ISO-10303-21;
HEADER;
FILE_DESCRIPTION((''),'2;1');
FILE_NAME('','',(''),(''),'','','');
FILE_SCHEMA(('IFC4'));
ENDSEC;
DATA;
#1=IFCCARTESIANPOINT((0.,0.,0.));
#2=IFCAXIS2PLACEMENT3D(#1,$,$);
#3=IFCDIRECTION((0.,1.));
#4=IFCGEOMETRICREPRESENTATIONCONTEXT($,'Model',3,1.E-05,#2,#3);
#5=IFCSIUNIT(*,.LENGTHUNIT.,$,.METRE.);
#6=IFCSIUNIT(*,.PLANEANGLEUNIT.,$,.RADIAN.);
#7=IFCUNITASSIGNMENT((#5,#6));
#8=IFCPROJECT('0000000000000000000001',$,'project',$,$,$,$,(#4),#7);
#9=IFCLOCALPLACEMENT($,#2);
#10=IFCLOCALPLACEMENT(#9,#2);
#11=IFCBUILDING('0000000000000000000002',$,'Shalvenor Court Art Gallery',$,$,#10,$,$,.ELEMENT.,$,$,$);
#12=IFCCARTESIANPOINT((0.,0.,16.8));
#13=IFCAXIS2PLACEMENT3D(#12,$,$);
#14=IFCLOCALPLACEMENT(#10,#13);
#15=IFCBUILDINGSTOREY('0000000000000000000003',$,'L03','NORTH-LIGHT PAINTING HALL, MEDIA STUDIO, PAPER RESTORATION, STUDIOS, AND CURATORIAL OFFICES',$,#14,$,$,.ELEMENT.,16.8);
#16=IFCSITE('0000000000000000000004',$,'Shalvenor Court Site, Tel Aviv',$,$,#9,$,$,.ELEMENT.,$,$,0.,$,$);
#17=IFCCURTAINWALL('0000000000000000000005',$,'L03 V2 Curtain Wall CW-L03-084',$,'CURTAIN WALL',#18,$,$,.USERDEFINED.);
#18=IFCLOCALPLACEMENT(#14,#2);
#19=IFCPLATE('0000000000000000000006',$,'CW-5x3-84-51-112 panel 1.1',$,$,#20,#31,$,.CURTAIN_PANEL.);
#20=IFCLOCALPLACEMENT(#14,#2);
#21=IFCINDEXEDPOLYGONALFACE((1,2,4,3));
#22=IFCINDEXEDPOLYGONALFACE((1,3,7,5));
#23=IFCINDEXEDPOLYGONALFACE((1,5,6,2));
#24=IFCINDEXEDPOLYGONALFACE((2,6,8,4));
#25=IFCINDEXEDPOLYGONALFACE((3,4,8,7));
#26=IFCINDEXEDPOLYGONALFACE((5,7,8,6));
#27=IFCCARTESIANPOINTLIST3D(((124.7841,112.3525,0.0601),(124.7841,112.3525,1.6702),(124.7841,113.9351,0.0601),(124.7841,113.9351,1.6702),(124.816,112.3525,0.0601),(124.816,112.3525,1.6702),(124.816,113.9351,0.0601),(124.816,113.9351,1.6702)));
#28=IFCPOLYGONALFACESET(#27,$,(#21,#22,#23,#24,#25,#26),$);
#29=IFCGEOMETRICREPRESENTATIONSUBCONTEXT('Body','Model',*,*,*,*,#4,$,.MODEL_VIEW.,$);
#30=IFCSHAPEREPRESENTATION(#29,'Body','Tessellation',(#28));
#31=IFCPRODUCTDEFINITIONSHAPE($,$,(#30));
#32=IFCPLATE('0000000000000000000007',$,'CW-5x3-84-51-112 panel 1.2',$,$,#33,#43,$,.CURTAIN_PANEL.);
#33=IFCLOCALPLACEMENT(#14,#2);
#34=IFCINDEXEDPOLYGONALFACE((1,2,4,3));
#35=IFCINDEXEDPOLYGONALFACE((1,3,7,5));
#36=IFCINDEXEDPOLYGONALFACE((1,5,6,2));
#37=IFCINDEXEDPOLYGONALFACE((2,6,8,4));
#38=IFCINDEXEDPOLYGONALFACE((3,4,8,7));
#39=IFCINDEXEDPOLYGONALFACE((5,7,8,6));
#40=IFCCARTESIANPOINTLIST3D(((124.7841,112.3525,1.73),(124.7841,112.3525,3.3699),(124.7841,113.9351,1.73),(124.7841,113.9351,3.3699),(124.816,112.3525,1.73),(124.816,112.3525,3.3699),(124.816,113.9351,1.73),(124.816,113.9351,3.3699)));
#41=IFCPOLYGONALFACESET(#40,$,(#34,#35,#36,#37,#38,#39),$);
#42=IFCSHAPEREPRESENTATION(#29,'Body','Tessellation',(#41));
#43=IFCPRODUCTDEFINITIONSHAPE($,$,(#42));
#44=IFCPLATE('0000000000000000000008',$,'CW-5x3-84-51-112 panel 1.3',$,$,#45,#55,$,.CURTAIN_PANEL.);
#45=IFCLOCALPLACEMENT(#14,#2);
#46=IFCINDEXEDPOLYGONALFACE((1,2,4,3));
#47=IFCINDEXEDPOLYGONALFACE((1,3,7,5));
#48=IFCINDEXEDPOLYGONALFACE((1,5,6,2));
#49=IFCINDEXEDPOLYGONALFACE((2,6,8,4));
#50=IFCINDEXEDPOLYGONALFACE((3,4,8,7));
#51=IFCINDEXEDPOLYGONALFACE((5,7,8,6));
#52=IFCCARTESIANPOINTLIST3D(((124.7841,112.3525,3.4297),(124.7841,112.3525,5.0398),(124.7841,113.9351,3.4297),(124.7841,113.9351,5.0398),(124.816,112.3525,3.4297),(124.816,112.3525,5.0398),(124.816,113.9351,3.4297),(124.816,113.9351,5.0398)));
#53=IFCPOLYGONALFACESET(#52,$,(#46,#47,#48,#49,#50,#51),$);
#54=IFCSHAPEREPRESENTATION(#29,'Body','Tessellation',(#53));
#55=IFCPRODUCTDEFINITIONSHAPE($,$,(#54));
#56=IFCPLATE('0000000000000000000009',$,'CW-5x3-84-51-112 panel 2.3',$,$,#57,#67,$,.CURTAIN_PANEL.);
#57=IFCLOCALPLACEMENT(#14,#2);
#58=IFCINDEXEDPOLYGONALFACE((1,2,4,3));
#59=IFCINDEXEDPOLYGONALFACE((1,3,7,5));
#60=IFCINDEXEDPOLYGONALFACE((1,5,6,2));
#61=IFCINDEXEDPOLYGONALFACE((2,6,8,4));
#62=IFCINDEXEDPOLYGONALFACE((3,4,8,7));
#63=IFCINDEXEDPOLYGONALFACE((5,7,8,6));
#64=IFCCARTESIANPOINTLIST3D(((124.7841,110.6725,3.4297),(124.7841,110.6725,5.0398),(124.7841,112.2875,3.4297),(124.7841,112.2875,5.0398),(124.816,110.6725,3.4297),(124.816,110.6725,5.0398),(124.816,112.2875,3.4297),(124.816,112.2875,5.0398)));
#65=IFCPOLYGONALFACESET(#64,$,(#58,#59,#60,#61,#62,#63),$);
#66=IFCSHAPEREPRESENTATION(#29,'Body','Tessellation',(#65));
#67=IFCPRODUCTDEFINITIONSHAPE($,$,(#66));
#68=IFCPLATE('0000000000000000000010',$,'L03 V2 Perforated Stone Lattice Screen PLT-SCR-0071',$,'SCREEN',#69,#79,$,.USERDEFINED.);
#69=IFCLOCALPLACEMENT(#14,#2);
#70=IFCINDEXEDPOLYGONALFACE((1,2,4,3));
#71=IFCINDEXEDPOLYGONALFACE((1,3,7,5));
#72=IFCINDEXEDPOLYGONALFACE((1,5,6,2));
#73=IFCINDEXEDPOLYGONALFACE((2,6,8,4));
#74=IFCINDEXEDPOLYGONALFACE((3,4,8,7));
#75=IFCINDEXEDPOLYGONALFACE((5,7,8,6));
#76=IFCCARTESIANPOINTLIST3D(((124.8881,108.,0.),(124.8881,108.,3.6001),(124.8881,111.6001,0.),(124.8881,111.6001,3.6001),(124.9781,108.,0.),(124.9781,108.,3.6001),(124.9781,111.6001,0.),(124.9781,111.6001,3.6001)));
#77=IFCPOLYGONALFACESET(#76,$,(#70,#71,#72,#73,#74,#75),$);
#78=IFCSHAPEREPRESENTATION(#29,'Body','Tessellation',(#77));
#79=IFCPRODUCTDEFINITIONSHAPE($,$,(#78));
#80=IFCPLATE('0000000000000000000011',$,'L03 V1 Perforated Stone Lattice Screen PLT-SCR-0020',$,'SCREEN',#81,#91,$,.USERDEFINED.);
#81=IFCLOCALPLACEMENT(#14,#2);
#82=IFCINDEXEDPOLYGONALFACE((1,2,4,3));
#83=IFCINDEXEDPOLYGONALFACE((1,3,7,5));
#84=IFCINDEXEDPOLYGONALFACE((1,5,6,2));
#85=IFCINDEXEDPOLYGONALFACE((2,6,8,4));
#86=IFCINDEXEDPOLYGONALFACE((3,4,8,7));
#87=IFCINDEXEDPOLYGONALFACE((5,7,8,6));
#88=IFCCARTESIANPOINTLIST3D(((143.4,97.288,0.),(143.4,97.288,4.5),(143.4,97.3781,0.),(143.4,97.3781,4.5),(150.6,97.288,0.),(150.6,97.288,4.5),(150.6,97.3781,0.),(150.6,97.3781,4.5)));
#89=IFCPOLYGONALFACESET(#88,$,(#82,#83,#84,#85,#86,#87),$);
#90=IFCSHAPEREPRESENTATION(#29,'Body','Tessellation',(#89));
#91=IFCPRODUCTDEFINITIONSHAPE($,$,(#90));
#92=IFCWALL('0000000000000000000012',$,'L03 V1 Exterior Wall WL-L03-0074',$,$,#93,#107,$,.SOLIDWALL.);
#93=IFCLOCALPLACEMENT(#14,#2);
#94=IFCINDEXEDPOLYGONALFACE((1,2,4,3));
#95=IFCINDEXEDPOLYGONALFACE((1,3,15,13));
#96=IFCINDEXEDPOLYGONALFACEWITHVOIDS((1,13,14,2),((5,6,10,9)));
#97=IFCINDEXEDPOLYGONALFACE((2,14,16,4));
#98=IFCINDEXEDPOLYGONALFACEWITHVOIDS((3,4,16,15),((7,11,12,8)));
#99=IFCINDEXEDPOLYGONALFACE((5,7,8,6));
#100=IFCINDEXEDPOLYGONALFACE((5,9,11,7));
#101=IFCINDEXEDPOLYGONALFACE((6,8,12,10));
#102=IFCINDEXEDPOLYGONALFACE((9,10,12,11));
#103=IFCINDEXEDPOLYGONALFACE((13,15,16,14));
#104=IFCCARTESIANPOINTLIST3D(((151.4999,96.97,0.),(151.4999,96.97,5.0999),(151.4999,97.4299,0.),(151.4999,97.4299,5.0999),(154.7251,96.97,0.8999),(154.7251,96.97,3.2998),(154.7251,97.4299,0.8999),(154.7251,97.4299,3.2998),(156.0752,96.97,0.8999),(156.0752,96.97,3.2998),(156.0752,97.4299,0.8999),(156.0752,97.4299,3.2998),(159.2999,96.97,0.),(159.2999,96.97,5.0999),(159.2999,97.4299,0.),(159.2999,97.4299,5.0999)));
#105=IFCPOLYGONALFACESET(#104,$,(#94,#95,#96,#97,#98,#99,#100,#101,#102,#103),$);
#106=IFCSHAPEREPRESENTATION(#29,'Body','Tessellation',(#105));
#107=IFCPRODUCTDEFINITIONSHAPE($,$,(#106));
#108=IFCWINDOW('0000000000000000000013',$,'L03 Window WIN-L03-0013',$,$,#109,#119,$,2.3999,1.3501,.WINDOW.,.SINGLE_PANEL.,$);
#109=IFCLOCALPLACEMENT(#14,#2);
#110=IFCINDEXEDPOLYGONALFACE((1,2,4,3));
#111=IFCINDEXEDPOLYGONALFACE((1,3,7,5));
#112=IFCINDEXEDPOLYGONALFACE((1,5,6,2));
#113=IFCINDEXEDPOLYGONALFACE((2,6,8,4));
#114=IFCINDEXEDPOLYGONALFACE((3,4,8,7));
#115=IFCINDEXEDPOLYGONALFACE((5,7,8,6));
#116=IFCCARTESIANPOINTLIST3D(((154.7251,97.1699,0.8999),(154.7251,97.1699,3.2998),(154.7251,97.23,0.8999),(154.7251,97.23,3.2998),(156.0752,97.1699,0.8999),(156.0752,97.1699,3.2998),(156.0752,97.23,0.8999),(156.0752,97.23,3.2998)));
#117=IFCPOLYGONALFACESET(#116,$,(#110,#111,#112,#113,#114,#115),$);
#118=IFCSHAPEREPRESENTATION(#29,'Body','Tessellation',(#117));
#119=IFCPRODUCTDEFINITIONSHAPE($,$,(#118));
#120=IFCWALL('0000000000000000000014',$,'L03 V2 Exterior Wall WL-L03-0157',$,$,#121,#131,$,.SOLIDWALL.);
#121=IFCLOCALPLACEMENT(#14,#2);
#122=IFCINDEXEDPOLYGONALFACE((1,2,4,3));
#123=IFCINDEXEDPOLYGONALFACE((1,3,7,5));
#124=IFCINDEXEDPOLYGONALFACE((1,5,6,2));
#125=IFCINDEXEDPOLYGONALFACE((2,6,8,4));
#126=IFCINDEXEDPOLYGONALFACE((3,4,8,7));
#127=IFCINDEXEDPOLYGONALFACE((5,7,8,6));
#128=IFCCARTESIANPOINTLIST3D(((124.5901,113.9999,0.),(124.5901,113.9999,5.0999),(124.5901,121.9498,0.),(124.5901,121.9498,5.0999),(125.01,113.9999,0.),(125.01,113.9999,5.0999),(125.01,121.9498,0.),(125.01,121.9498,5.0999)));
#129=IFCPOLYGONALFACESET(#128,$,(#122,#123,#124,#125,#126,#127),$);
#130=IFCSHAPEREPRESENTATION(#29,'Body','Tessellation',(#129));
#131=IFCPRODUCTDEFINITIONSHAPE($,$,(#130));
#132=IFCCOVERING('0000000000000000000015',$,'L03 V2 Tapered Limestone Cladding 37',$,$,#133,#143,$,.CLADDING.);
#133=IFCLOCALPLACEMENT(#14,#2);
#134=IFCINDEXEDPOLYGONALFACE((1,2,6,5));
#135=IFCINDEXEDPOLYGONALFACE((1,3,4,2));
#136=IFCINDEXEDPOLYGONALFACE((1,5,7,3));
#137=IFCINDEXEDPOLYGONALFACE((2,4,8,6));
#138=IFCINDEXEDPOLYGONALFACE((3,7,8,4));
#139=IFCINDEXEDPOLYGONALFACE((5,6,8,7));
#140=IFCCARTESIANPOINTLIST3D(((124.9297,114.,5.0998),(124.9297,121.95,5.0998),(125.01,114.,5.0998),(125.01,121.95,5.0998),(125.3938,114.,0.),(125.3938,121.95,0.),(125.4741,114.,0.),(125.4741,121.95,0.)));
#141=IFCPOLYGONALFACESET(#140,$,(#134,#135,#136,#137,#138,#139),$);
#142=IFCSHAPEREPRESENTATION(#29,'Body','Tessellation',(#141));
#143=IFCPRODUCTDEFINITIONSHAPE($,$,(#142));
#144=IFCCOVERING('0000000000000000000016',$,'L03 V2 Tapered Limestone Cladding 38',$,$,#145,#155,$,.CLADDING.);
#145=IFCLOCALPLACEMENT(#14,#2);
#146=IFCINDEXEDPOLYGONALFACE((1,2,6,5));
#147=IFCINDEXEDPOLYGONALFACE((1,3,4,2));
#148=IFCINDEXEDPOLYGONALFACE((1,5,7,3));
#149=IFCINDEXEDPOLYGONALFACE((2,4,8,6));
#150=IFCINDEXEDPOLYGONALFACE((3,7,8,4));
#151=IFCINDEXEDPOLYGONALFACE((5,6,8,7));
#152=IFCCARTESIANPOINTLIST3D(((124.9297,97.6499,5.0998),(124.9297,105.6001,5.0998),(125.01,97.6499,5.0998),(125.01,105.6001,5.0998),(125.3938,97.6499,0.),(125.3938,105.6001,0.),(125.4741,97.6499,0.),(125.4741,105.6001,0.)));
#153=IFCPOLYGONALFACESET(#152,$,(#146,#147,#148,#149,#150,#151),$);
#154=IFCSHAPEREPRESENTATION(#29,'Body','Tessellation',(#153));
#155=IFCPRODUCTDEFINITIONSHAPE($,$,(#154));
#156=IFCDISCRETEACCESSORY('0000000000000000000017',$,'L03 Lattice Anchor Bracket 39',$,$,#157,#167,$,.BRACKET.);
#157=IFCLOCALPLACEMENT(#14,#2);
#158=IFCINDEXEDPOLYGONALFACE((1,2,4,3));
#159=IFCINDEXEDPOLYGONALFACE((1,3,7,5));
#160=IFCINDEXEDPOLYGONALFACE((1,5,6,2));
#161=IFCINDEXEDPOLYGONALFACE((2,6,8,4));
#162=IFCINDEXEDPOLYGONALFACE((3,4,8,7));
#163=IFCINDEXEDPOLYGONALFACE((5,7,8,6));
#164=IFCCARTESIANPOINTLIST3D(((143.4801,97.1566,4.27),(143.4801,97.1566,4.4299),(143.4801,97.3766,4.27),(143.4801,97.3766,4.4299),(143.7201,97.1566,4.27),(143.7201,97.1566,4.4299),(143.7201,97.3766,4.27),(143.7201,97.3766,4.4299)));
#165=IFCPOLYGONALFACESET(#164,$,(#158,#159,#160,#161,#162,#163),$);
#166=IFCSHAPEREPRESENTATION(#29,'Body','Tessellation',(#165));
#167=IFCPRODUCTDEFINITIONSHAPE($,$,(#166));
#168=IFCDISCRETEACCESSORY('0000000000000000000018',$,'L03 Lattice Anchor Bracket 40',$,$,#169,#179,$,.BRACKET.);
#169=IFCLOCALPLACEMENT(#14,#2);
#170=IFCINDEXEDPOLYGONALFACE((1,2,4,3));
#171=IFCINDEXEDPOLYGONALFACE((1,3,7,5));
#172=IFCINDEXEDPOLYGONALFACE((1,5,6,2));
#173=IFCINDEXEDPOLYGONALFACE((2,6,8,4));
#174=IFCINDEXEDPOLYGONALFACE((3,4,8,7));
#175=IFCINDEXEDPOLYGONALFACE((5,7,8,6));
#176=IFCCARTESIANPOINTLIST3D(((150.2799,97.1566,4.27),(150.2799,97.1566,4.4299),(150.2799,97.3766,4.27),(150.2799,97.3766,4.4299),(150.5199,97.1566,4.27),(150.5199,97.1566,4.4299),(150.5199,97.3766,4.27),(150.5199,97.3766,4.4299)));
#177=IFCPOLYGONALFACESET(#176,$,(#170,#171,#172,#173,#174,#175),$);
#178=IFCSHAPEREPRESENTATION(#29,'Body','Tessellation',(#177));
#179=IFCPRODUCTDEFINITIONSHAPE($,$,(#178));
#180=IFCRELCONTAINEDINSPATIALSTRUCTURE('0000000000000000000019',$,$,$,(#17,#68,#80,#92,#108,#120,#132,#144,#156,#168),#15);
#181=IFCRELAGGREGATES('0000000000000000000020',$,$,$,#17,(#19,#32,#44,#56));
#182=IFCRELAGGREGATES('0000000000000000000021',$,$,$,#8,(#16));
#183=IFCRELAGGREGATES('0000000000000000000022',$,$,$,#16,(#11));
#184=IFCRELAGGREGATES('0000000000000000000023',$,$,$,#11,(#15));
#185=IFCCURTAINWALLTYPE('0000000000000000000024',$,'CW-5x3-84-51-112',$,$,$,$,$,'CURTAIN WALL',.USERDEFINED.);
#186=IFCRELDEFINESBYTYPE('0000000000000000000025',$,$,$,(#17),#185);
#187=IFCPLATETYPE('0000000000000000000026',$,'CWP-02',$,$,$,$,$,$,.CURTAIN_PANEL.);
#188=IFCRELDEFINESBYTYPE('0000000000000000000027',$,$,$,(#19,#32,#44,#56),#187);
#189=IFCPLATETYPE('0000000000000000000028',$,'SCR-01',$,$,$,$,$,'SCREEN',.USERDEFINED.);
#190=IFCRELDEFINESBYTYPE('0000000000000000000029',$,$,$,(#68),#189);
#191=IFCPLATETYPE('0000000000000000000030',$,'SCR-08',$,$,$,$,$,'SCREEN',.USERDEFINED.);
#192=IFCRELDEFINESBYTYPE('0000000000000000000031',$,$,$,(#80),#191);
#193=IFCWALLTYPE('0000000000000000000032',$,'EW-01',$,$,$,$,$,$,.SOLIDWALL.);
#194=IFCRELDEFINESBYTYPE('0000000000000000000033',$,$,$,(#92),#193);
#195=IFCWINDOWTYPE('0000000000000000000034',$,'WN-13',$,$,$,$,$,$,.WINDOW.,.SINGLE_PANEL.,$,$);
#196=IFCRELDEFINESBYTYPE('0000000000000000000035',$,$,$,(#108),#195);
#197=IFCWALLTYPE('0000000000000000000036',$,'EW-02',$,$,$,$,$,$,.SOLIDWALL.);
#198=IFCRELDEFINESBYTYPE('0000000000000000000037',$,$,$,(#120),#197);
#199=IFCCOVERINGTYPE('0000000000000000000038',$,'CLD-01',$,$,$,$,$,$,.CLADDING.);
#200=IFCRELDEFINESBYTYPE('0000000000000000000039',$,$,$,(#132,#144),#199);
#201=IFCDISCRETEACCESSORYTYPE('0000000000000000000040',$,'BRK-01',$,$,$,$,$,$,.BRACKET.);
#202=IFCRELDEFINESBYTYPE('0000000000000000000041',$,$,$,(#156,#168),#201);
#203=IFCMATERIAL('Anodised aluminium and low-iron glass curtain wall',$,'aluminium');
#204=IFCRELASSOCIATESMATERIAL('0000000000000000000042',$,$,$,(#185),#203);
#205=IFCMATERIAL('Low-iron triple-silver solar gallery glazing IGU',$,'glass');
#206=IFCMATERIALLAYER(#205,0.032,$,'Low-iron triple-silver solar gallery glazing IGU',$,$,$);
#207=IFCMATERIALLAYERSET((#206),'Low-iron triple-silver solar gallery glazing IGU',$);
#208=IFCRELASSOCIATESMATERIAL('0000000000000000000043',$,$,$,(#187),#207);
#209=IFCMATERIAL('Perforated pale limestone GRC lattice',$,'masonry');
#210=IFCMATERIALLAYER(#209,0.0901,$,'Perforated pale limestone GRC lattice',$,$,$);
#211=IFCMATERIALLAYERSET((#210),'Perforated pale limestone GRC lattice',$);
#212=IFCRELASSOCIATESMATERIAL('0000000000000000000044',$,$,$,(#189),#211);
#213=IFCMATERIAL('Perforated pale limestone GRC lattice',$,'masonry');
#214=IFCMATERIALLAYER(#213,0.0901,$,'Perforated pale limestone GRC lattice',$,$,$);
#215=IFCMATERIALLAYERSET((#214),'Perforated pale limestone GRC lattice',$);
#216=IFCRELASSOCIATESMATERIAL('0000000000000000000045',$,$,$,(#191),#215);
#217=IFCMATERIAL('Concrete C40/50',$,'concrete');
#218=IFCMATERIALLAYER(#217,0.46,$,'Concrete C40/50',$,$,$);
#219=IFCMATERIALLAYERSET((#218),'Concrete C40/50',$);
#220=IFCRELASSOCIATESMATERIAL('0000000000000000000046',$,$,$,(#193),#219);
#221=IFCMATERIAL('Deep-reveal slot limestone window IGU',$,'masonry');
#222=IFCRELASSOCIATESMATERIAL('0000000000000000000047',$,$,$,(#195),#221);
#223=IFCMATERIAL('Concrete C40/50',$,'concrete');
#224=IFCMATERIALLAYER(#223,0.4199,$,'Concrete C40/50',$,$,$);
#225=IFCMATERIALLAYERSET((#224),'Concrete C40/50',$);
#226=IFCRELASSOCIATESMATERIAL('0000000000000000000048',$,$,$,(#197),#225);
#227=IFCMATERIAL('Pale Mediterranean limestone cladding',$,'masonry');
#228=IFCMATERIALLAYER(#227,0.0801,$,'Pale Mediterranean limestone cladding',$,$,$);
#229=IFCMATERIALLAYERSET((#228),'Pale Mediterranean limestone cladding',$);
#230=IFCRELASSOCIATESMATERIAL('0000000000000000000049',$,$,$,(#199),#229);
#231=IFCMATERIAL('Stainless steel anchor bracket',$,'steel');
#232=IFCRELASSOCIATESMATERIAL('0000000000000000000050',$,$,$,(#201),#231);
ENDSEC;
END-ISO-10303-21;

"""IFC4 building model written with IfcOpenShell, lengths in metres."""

from ifc_helpers import new_model, si_unit, direction, frame, frame_2d, origin, origin_2d, place, context, subcontext, project, spatial, polyline, rectangle, outline, extrude, material, layer, layer_set, type_object, element, fill, aggregate, save


model = new_model("IFC4")

# Units and contexts
model_context = context("Model", 3, precision=1e-05, world=origin(), true_north=direction((0.0, 1.0)))
body_context = subcontext(model_context, "Body", "Model", "MODEL_VIEW")
ifc_project = project(units=[si_unit("LENGTHUNIT", "METRE"), si_unit("PLANEANGLEUNIT", "RADIAN")], contexts=[model_context])

# Site, building, storey
site_placement = place(None, origin())
site = spatial("IfcSite", under=ifc_project, at=site_placement, Name="Shalvenor Court Site, Tel Aviv", CompositionType="ELEMENT", RefElevation=0.0)
building_placement = place(site_placement, origin())
building = spatial("IfcBuilding", under=site, at=building_placement, Name="Shalvenor Court Art Gallery", CompositionType="ELEMENT")
storey_placement = place(building_placement, frame((0.0, 0.0, 16.8)))
storey = spatial("IfcBuildingStorey", under=building, at=storey_placement, Name="L03", Description="NORTH-LIGHT PAINTING HALL, MEDIA STUDIO, PAPER RESTORATION, STUDIOS, AND CURATORIAL OFFICES", CompositionType="ELEMENT", Elevation=16.8)

# Curtain wall
ifc_material_1 = material(Name="Anodised aluminium and low-iron glass curtain wall", Category="aluminium")
curtain_wall_type_1 = type_object("IfcCurtainWallType", Name="CW-5x3-84-51-112", ElementType="CURTAIN WALL", PredefinedType="USERDEFINED", material=ifc_material_1)
curtain_wall_1_placement = place(storey_placement, origin())
curtain_wall_1 = element("IfcCurtainWall", 1, at=curtain_wall_1_placement, inside=storey, type_object=curtain_wall_type_1, Name="L03 V2 Curtain Wall CW-L03-084", ObjectType="CURTAIN WALL", PredefinedType="USERDEFINED")

# Plates
ifc_material_2 = material(Name="Low-iron triple-silver solar gallery glazing IGU", Category="glass")
ifc_layer_1 = layer(ifc_material_2, 0.032, Name="Low-iron triple-silver solar gallery glazing IGU")
ifc_layer_set_1 = layer_set([ifc_layer_1], Name="Low-iron triple-silver solar gallery glazing IGU")
plate_type_1 = type_object("IfcPlateType", Name="CWP-02", PredefinedType="CURTAIN_PANEL", material=ifc_layer_set_1)
plate_1_placement = place(storey_placement, frame((124.8, 113.1438, 0.0601), z_axis=(0.0, 0.0, 1.0), x_axis=(0.0, -1.0, 0.0)))
plate_1 = element("IfcPlate", 2, at=plate_1_placement, type_object=plate_type_1, Name="CW-5x3-84-51-112 panel 1.1", PredefinedType="CURTAIN_PANEL", context=body_context, shape_type="SweptSolid", body=[
    extrude(rectangle(XDim=1.5825, YDim=0.032, at=origin_2d()), origin(), (0.0, 0.0, 1.0), 1.6101),
])
plate_2_placement = place(storey_placement, frame((124.8, 113.1438, 1.73), z_axis=(0.0, 0.0, 1.0), x_axis=(0.0, -1.0, 0.0)))
plate_2 = element("IfcPlate", 3, at=plate_2_placement, type_object=plate_type_1, Name="CW-5x3-84-51-112 panel 1.2", PredefinedType="CURTAIN_PANEL", context=body_context, shape_type="SweptSolid", body=[
    extrude(rectangle(XDim=1.5825, YDim=0.032, at=origin_2d()), origin(), (0.0, 0.0, 1.0), 1.6399),
])
plate_3_placement = place(storey_placement, frame((124.8, 113.1438, 3.4297), z_axis=(0.0, 0.0, 1.0), x_axis=(0.0, -1.0, 0.0)))
plate_3 = element("IfcPlate", 4, at=plate_3_placement, type_object=plate_type_1, Name="CW-5x3-84-51-112 panel 1.3", PredefinedType="CURTAIN_PANEL", context=body_context, shape_type="SweptSolid", body=[
    extrude(rectangle(XDim=1.5825, YDim=0.032, at=origin_2d()), origin(), (0.0, 0.0, 1.0), 1.6101),
])
plate_4_placement = place(storey_placement, frame((124.8, 111.48, 3.4297), z_axis=(0.0, 0.0, 1.0), x_axis=(0.0, -1.0, 0.0)))
plate_4 = element("IfcPlate", 5, at=plate_4_placement, type_object=plate_type_1, Name="CW-5x3-84-51-112 panel 2.3", PredefinedType="CURTAIN_PANEL", context=body_context, shape_type="SweptSolid", body=[
    extrude(rectangle(XDim=1.615, YDim=0.032, at=origin_2d()), origin(), (0.0, 0.0, 1.0), 1.6101),
])
aggregate(curtain_wall_1, [plate_1, plate_2, plate_3, plate_4])

# Plates
ifc_material_3 = material(Name="Perforated pale limestone GRC lattice", Category="masonry")
ifc_layer_2 = layer(ifc_material_3, 0.0901, Name="Perforated pale limestone GRC lattice")
ifc_layer_set_2 = layer_set([ifc_layer_2], Name="Perforated pale limestone GRC lattice")
plate_type_2 = type_object("IfcPlateType", Name="SCR-01", ElementType="SCREEN", PredefinedType="USERDEFINED", material=ifc_layer_set_2)
plate_5_placement = place(storey_placement, frame((124.9331, 109.8, 0.0), z_axis=(0.0, 0.0, 1.0), x_axis=(0.0, -1.0, 0.0)))
element("IfcPlate", 6, at=plate_5_placement, inside=storey, type_object=plate_type_2, Name="L03 V2 Perforated Stone Lattice Screen PLT-SCR-0071", ObjectType="SCREEN", PredefinedType="USERDEFINED", context=body_context, shape_type="SweptSolid", body=[
    extrude(rectangle(XDim=3.6001, YDim=0.0901, at=origin_2d()), origin(), (0.0, 0.0, 1.0), 3.6001),
])
ifc_material_4 = material(Name="Perforated pale limestone GRC lattice", Category="masonry")
ifc_layer_3 = layer(ifc_material_4, 0.0901, Name="Perforated pale limestone GRC lattice")
ifc_layer_set_3 = layer_set([ifc_layer_3], Name="Perforated pale limestone GRC lattice")
plate_type_3 = type_object("IfcPlateType", Name="SCR-08", ElementType="SCREEN", PredefinedType="USERDEFINED", material=ifc_layer_set_3)
plate_6_placement = place(storey_placement, frame((147.0, 97.333, 0.0), z_axis=(0.0, 0.0, 1.0), x_axis=(1.0, 0.0, 0.0)))
element("IfcPlate", 7, at=plate_6_placement, inside=storey, type_object=plate_type_3, Name="L03 V1 Perforated Stone Lattice Screen PLT-SCR-0020", ObjectType="SCREEN", PredefinedType="USERDEFINED", context=body_context, shape_type="SweptSolid", body=[
    extrude(rectangle(XDim=7.2, YDim=0.0901, at=origin_2d()), origin(), (0.0, 0.0, 1.0), 4.5),
])

# Wall, opening, window
ifc_material_5 = material(Name="Concrete C40/50", Category="concrete")
ifc_layer_4 = layer(ifc_material_5, 0.46, Name="Concrete C40/50")
ifc_layer_set_4 = layer_set([ifc_layer_4], Name="Concrete C40/50")
wall_type_1 = type_object("IfcWallType", Name="EW-01", PredefinedType="SOLIDWALL", material=ifc_layer_set_4)
wall_1_placement = place(storey_placement, frame((151.5, 97.2, 0.0), z_axis=(0.0, 0.0, 1.0), x_axis=(1.0, 0.0, 0.0)))
wall_1 = element("IfcWall", 8, at=wall_1_placement, inside=storey, type_object=wall_type_1, Name="L03 V1 Exterior Wall WL-L03-0074", PredefinedType="SOLIDWALL", context=body_context, shape_type="SweptSolid", body=[
    extrude(rectangle(XDim=7.8, YDim=0.46, at=frame_2d((3.8999, 0.0))), origin(), (0.0, 0.0, 1.0), 5.0999),
])
opening_placement = place(wall_1_placement, frame((3.2251, 0.0, 0.8999)))
opening = element("IfcOpeningElement", 9, at=opening_placement, cuts=wall_1, PredefinedType="OPENING", context=body_context, shape_type="SweptSolid", body=[
    extrude(rectangle(XDim=1.3501, YDim=2.3999, at=frame_2d((0.675, 1.2))), frame((0.0, 0.24, 0.0), z_axis=(0.0, -1.0, 0.0), x_axis=(1.0, 0.0, 0.0)), (0.0, 0.0, 1.0), 0.48),
])
ifc_material_6 = material(Name="Deep-reveal slot limestone window IGU", Category="masonry")
window_type = type_object("IfcWindowType", Name="WN-13", PartitioningType="SINGLE_PANEL", PredefinedType="WINDOW", material=ifc_material_6)
window_placement = place(opening_placement, origin())
window = element("IfcWindow", 10, at=window_placement, inside=storey, type_object=window_type, Name="L03 Window WIN-L03-0013", OverallHeight=2.3999, OverallWidth=1.3501, PartitioningType="SINGLE_PANEL", PredefinedType="WINDOW", context=body_context, shape_type="SweptSolid", body=[
    extrude(rectangle(XDim=1.3501, YDim=2.3999, at=frame_2d((0.675, 1.2))), frame((0.0, 0.03, 0.0), z_axis=(0.0, -1.0, 0.0), x_axis=(1.0, 0.0, 0.0)), (0.0, 0.0, 1.0), 0.0601),
])
fill(opening, window)

# Wall
ifc_material_7 = material(Name="Concrete C40/50", Category="concrete")
ifc_layer_5 = layer(ifc_material_7, 0.4199, Name="Concrete C40/50")
ifc_layer_set_5 = layer_set([ifc_layer_5], Name="Concrete C40/50")
wall_type_2 = type_object("IfcWallType", Name="EW-02", PredefinedType="SOLIDWALL", material=ifc_layer_set_5)
wall_2_placement = place(storey_placement, frame((124.8, 121.95, 0.0), z_axis=(0.0, 0.0, 1.0), x_axis=(0.0, -1.0, 0.0)))
element("IfcWall", 11, at=wall_2_placement, inside=storey, type_object=wall_type_2, Name="L03 V2 Exterior Wall WL-L03-0157", PredefinedType="SOLIDWALL", context=body_context, shape_type="SweptSolid", body=[
    extrude(rectangle(XDim=7.95, YDim=0.4199, at=frame_2d((3.9751, 0.0))), origin(), (0.0, 0.0, 1.0), 5.0999),
])

# Coverings
ifc_material_8 = material(Name="Pale Mediterranean limestone cladding", Category="masonry")
ifc_layer_6 = layer(ifc_material_8, 0.0801, Name="Pale Mediterranean limestone cladding")
ifc_layer_set_6 = layer_set([ifc_layer_6], Name="Pale Mediterranean limestone cladding")
covering_type = type_object("IfcCoveringType", Name="CLD-01", PredefinedType="CLADDING", material=ifc_layer_set_6)
covering_1_placement = place(storey_placement, frame((125.4741, 114.0, 0.0), z_axis=(0.0, 0.0, 1.0), x_axis=(0.0, 1.0, 0.0)))
element("IfcCovering", 12, at=covering_1_placement, inside=storey, type_object=covering_type, Name="L03 V2 Tapered Limestone Cladding 37", PredefinedType="CLADDING", context=body_context, shape_type="SweptSolid", body=[
    extrude(outline(polyline([(0.0, 0.0), (7.95, 0.0), (7.95, 5.1208), (0.0, 5.1208), (0.0, 0.0)])), frame((0.0, 0.0, 0.0), z_axis=(0.0, -0.995884, 0.090633), x_axis=(1.0, 0.0, 0.0)), (0.0, 0.090633, -0.995884), 0.0803),
])
covering_2_placement = place(storey_placement, frame((125.4741, 97.6499, 0.0), z_axis=(0.0, 0.0, 1.0), x_axis=(0.0, 1.0, 0.0)))
element("IfcCovering", 13, at=covering_2_placement, inside=storey, type_object=covering_type, Name="L03 V2 Tapered Limestone Cladding 38", PredefinedType="CLADDING", context=body_context, shape_type="SweptSolid", body=[
    extrude(outline(polyline([(0.0, 0.0), (7.9502, 0.0), (7.9502, 5.1208), (0.0, 5.1208), (0.0, 0.0)])), frame((0.0, 0.0, 0.0), z_axis=(0.0, -0.995884, 0.090633), x_axis=(1.0, 0.0, 0.0)), (0.0, 0.090633, -0.995884), 0.0803),
])

# Discrete accessories
ifc_material_9 = material(Name="Stainless steel anchor bracket", Category="steel")
discrete_accessory_type = type_object("IfcDiscreteAccessoryType", Name="BRK-01", PredefinedType="BRACKET", material=ifc_material_9)
for number, where, z_axis, x_axis, name in (
    (14, (143.6001, 97.2666, 4.27), (0.0, 0.0, 1.0), (1.0, 0.0, 0.0), "L03 Lattice Anchor Bracket 39"),
    (15, (150.3999, 97.2666, 4.27), (0.0, 0.0, 1.0), (1.0, 0.0, 0.0), "L03 Lattice Anchor Bracket 40"),
):
    element("IfcDiscreteAccessory", number, at=place(storey_placement, frame(where, z_axis=z_axis, x_axis=x_axis)), inside=storey, type_object=discrete_accessory_type, Name=name, PredefinedType="BRACKET", context=body_context, shape_type="SweptSolid", body=[
        extrude(rectangle(XDim=0.24, YDim=0.22, at=origin_2d()), origin(), (0.0, 0.0, 1.0), 0.1599),
    ])

save(model, "model.ifc")
